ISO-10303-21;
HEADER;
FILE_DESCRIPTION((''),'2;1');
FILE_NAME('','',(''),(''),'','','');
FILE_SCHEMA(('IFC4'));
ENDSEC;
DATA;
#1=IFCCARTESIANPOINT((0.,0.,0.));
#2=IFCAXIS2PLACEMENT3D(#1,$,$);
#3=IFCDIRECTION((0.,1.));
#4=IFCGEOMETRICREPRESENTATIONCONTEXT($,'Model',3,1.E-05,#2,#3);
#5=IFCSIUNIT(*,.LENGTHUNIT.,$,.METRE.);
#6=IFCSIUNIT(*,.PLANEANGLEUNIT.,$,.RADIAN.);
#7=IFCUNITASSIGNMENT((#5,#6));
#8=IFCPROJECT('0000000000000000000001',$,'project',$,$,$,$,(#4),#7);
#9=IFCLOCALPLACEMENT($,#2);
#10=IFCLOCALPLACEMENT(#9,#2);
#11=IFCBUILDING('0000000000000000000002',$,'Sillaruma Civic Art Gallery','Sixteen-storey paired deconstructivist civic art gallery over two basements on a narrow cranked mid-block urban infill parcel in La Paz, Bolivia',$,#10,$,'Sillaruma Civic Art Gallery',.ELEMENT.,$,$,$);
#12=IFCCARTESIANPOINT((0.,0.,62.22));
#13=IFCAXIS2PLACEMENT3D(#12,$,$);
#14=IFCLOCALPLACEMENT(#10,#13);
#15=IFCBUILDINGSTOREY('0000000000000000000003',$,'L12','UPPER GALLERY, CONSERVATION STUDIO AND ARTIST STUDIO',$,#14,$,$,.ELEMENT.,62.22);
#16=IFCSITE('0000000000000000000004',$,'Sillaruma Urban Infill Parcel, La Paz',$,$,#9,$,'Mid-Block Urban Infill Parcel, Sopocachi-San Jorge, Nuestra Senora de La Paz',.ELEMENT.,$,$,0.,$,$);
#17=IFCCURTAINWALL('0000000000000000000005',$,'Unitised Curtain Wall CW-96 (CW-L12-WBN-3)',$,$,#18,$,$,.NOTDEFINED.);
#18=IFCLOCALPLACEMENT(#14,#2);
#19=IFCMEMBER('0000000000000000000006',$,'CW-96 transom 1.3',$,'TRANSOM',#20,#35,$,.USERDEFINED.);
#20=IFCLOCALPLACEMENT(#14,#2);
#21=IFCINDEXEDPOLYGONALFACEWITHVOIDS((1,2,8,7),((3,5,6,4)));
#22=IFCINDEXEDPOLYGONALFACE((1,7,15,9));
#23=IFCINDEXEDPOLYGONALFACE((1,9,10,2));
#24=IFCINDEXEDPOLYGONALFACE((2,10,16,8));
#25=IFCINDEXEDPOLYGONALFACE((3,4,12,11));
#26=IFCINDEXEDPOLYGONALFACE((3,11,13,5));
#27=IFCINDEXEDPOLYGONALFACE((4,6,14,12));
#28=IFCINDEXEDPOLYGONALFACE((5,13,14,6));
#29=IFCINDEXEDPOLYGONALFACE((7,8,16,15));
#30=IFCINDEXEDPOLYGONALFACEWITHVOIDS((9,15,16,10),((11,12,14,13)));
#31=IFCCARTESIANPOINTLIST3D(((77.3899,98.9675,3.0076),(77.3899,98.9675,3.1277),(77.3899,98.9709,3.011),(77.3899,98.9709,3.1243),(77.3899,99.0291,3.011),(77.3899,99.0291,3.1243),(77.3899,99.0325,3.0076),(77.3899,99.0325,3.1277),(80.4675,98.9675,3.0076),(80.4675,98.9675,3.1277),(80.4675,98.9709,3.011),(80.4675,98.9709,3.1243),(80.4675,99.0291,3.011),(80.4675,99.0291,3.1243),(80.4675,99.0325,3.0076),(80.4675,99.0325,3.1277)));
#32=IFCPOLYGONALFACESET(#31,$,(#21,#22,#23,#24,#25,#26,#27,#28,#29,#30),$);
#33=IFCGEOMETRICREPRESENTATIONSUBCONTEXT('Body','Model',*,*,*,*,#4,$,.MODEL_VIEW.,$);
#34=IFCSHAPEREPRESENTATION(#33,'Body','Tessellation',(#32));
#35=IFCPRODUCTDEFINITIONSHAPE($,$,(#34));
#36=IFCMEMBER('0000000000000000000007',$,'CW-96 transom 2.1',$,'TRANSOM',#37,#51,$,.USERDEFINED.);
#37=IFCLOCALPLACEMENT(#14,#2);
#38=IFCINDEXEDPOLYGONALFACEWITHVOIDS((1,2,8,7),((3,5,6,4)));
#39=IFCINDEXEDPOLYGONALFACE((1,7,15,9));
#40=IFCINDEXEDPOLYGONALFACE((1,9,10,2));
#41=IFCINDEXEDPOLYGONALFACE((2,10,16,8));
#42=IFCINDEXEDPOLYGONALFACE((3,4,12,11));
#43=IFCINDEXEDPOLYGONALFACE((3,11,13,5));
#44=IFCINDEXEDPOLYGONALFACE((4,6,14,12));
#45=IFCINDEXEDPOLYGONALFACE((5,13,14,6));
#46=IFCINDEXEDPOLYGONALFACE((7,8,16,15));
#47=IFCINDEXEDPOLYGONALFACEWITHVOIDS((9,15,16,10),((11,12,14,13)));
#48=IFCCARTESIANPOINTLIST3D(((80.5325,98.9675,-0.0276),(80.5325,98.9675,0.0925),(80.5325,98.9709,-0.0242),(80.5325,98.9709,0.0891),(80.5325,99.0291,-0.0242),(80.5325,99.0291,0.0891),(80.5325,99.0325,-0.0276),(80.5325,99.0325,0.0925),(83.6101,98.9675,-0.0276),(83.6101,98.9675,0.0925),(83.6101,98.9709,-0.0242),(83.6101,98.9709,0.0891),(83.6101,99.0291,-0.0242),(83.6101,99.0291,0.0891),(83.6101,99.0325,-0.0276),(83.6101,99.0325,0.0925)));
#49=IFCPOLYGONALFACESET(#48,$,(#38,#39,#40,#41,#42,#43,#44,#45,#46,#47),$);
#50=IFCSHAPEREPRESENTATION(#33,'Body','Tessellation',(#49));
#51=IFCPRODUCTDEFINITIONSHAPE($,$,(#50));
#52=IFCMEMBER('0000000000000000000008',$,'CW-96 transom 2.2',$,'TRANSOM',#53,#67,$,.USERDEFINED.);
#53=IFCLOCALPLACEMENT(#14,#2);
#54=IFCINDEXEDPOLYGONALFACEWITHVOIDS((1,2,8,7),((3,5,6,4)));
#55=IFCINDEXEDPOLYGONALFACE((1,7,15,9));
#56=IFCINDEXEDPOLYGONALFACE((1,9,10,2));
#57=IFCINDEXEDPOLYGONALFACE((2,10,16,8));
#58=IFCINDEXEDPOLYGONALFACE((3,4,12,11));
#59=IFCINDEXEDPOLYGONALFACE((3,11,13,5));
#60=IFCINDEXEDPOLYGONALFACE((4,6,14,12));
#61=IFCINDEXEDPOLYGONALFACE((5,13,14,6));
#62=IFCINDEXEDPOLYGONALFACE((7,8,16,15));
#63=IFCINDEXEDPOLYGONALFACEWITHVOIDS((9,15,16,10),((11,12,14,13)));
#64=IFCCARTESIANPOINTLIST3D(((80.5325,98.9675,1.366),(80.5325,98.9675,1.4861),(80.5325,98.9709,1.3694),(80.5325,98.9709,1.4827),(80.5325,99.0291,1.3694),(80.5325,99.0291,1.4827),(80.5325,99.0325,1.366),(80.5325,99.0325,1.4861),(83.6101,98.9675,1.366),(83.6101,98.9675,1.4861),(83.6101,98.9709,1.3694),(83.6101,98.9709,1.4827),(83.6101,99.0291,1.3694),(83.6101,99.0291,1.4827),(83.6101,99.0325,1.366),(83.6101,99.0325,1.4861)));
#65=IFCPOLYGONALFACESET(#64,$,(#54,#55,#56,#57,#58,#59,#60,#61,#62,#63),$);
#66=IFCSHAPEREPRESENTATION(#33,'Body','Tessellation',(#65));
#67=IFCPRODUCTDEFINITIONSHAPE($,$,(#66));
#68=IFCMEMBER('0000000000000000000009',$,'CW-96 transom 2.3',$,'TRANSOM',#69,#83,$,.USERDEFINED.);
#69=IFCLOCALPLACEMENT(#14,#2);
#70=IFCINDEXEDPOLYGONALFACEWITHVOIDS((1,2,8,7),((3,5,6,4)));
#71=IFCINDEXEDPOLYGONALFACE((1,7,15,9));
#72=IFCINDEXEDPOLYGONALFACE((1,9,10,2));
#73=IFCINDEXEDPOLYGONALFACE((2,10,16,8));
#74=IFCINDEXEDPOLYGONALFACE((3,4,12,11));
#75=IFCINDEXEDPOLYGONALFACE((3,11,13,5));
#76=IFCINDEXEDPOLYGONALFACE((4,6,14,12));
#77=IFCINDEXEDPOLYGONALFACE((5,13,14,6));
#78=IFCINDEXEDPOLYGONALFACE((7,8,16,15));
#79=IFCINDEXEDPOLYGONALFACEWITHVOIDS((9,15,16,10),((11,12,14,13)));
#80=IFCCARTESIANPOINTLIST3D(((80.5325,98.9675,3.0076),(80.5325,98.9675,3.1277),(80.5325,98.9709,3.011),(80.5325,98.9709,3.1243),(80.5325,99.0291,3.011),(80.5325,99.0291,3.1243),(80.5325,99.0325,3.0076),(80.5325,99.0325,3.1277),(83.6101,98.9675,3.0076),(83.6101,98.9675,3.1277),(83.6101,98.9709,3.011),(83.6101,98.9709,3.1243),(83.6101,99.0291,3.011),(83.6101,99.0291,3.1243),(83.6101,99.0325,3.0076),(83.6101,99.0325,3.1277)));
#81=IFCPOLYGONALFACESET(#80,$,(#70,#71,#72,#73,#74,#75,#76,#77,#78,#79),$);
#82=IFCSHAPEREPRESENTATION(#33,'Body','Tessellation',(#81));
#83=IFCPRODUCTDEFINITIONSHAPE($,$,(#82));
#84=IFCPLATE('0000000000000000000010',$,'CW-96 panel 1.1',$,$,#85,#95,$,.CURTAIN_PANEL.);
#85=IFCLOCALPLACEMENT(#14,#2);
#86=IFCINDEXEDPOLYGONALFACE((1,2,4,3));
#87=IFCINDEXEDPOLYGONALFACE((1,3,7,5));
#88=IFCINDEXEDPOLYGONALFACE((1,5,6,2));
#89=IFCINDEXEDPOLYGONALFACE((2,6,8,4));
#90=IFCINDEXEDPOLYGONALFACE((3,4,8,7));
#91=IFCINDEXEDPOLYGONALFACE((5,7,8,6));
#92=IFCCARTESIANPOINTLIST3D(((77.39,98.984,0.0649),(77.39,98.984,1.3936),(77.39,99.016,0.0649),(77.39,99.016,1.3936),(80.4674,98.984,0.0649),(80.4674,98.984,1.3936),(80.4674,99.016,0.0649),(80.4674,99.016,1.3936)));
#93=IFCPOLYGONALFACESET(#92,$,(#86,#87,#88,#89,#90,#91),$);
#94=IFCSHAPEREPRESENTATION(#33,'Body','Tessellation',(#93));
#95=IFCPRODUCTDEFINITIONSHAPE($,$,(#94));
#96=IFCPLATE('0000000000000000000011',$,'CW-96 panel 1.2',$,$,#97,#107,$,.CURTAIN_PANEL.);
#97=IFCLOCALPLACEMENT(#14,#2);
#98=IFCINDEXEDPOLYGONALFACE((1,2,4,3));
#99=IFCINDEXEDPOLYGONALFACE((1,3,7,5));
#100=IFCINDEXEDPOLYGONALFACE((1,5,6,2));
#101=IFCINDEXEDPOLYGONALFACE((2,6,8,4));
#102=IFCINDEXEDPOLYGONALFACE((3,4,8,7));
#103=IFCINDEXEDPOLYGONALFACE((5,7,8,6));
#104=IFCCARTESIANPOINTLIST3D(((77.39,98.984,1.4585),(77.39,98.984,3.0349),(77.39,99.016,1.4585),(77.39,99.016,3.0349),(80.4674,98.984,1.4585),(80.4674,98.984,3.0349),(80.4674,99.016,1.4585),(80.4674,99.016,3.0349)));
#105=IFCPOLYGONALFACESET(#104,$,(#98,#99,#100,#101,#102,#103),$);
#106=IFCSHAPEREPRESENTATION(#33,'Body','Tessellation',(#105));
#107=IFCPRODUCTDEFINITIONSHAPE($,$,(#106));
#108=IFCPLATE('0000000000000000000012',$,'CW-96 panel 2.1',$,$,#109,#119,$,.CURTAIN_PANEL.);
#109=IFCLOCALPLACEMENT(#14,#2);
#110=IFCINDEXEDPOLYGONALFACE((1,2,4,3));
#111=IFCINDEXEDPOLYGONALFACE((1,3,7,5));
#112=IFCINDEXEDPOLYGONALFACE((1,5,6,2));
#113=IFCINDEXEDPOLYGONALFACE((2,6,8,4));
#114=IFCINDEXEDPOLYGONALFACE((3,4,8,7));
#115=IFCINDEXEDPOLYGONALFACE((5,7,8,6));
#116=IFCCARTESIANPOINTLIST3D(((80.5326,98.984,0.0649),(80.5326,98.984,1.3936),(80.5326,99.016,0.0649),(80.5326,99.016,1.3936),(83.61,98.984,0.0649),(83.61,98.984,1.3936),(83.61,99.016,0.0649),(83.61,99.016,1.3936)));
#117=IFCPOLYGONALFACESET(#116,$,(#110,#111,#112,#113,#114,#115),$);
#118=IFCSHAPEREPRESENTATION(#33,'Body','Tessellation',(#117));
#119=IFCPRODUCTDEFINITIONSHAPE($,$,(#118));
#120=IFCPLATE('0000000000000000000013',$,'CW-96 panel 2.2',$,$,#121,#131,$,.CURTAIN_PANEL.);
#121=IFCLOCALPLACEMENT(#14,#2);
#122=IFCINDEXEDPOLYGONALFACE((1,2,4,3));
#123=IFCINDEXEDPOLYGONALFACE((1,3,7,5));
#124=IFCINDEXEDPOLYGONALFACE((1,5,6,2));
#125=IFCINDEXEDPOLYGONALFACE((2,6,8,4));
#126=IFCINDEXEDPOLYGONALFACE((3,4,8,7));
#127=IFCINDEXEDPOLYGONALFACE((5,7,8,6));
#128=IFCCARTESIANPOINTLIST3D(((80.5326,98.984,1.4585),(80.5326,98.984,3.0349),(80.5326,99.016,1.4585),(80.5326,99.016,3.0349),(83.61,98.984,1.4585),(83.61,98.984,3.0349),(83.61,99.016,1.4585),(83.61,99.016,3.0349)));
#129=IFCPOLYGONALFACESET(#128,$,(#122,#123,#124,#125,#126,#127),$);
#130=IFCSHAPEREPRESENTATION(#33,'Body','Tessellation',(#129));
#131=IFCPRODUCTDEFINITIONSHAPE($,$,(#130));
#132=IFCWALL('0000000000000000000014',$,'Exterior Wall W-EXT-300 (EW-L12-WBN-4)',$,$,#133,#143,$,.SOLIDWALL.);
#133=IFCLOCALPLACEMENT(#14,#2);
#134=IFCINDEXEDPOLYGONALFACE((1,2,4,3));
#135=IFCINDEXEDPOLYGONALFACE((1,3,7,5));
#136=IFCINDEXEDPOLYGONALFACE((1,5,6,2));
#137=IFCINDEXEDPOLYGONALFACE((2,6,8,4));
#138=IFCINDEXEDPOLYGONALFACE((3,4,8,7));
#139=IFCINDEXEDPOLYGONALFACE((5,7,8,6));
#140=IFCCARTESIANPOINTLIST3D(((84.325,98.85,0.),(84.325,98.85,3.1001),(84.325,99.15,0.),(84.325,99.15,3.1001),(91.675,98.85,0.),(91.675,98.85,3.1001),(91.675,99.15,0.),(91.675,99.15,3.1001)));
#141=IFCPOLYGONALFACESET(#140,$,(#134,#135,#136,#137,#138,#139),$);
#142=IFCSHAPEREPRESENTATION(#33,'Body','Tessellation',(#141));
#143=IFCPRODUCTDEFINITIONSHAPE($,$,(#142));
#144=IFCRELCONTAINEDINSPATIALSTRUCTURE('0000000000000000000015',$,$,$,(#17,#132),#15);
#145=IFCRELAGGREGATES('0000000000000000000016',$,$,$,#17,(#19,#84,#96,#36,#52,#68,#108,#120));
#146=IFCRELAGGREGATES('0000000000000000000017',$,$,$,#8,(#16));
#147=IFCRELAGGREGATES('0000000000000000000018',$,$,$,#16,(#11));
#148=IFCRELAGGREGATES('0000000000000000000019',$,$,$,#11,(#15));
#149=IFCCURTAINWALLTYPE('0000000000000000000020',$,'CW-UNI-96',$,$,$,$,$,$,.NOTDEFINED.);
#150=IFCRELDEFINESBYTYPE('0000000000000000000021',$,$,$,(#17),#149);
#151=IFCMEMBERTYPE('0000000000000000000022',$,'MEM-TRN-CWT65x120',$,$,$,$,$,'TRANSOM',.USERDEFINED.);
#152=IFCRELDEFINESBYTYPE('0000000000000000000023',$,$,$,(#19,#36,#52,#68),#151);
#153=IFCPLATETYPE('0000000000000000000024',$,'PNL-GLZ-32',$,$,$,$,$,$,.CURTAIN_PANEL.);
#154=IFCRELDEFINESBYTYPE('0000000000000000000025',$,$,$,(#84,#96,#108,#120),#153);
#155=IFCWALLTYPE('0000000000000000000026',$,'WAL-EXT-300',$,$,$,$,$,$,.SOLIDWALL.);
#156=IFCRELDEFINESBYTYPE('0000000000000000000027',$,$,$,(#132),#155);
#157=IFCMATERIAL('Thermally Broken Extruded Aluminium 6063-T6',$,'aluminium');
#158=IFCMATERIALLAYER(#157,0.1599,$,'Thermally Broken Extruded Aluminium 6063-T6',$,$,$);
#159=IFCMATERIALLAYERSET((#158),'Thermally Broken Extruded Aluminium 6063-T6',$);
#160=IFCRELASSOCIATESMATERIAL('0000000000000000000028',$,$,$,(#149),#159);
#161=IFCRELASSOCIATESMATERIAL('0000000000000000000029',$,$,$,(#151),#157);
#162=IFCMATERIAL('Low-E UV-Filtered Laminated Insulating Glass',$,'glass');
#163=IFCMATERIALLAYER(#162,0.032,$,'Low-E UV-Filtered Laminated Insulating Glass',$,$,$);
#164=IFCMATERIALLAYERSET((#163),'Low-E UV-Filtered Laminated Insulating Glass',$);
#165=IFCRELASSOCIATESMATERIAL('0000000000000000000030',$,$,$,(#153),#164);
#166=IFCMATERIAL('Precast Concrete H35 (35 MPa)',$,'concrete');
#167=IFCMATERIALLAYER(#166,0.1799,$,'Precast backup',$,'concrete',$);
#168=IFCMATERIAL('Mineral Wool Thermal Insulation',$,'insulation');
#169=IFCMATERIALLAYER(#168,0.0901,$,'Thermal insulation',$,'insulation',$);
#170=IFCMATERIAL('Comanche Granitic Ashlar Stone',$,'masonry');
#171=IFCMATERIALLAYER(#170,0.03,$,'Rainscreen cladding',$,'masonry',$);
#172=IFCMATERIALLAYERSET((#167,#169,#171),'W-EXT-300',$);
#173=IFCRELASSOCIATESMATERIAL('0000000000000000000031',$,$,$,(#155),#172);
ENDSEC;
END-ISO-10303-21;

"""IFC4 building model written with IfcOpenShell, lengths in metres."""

from ifc_helpers import new_model, si_unit, direction, frame, frame_2d, origin, origin_2d, place, context, subcontext, project, spatial, rectangle, hollow_rectangle, extrude, material, layer, layer_set, material_profile, profile_set, type_object, element, aggregate, save


model = new_model("IFC4")

# Units and contexts
model_context = context("Model", 3, precision=1e-05, world=origin(), true_north=direction((0.0, 1.0)))
body_context = subcontext(model_context, "Body", "Model", "MODEL_VIEW")
ifc_project = project(units=[si_unit("LENGTHUNIT", "METRE"), si_unit("PLANEANGLEUNIT", "RADIAN")], contexts=[model_context])

# Site, building, storey
site_placement = place(None, origin())
site = spatial("IfcSite", under=ifc_project, at=site_placement, Name="Sillaruma Urban Infill Parcel, La Paz", LongName="Mid-Block Urban Infill Parcel, Sopocachi-San Jorge, Nuestra Senora de La Paz", CompositionType="ELEMENT", RefElevation=0.0)
building_placement = place(site_placement, origin())
building = spatial("IfcBuilding", under=site, at=building_placement, Name="Sillaruma Civic Art Gallery", Description="Sixteen-storey paired deconstructivist civic art gallery over two basements on a narrow cranked mid-block urban infill parcel in La Paz, Bolivia", LongName="Sillaruma Civic Art Gallery", CompositionType="ELEMENT")
storey_placement = place(building_placement, frame((0.0, 0.0, 62.22)))
storey = spatial("IfcBuildingStorey", under=building, at=storey_placement, Name="L12", Description="UPPER GALLERY, CONSERVATION STUDIO AND ARTIST STUDIO", CompositionType="ELEMENT", Elevation=62.22)

# Curtain wall, members, plates
ifc_material_1 = material(Name="Thermally Broken Extruded Aluminium 6063-T6", Category="aluminium")
ifc_layer_1 = layer(ifc_material_1, 0.1599, Name="Thermally Broken Extruded Aluminium 6063-T6")
ifc_layer_set_1 = layer_set([ifc_layer_1], Name="Thermally Broken Extruded Aluminium 6063-T6")
curtain_wall_type = type_object("IfcCurtainWallType", Name="CW-UNI-96", PredefinedType="NOTDEFINED", material=ifc_layer_set_1)
curtain_wall_placement = place(storey_placement, origin())
curtain_wall = element("IfcCurtainWall", 1, at=curtain_wall_placement, inside=storey, type_object=curtain_wall_type, Name="Unitised Curtain Wall CW-96 (CW-L12-WBN-3)", PredefinedType="NOTDEFINED")
ifc_material_profile_1 = material_profile(ifc_material_1, hollow_rectangle(XDim=0.0649, YDim=0.1201, WallThickness=0.0034, at=origin_2d()), Name="CWT65x120")
ifc_profile_set_1 = profile_set([ifc_material_profile_1], Name="Thermally Broken Extruded Aluminium 6063-T6")
member_type_1 = type_object("IfcMemberType", Name="MEM-TRN-CWT65x120", ElementType="TRANSOM", PredefinedType="USERDEFINED", material=ifc_profile_set_1)
member_1_placement = place(storey_placement, frame((77.3899, 99.0, 3.0676), z_axis=(1.0, 0.0, 0.0), x_axis=(0.0, 1.0, 0.0)))
member_1 = element("IfcMember", 2, at=member_1_placement, type_object=member_type_1, Name="CW-96 transom 1.3", ObjectType="TRANSOM", PredefinedType="USERDEFINED", context=body_context, shape_type="SweptSolid", body=[
    extrude(hollow_rectangle(XDim=0.0649, YDim=0.1201, WallThickness=0.0034, at=origin_2d()), origin(), (0.0, 0.0, 1.0), 3.0776),
])
member_2_placement = place(storey_placement, frame((80.5325, 99.0, 0.0325), z_axis=(1.0, 0.0, 0.0), x_axis=(0.0, 1.0, 0.0)))
member_2 = element("IfcMember", 3, at=member_2_placement, type_object=member_type_1, Name="CW-96 transom 2.1", ObjectType="TRANSOM", PredefinedType="USERDEFINED", context=body_context, shape_type="SweptSolid", body=[
    extrude(hollow_rectangle(XDim=0.0649, YDim=0.1201, WallThickness=0.0034, at=origin_2d()), origin(), (0.0, 0.0, 1.0), 3.0776),
])
member_3_placement = place(storey_placement, frame((80.5325, 99.0, 1.426), z_axis=(1.0, 0.0, 0.0), x_axis=(0.0, 1.0, 0.0)))
member_3 = element("IfcMember", 4, at=member_3_placement, type_object=member_type_1, Name="CW-96 transom 2.2", ObjectType="TRANSOM", PredefinedType="USERDEFINED", context=body_context, shape_type="SweptSolid", body=[
    extrude(hollow_rectangle(XDim=0.0649, YDim=0.1201, WallThickness=0.0034, at=origin_2d()), origin(), (0.0, 0.0, 1.0), 3.0776),
])
member_4_placement = place(storey_placement, frame((80.5325, 99.0, 3.0676), z_axis=(1.0, 0.0, 0.0), x_axis=(0.0, 1.0, 0.0)))
member_4 = element("IfcMember", 5, at=member_4_placement, type_object=member_type_1, Name="CW-96 transom 2.3", ObjectType="TRANSOM", PredefinedType="USERDEFINED", context=body_context, shape_type="SweptSolid", body=[
    extrude(hollow_rectangle(XDim=0.0649, YDim=0.1201, WallThickness=0.0034, at=origin_2d()), origin(), (0.0, 0.0, 1.0), 3.0776),
])
ifc_material_2 = material(Name="Low-E UV-Filtered Laminated Insulating Glass", Category="glass")
ifc_layer_2 = layer(ifc_material_2, 0.032, Name="Low-E UV-Filtered Laminated Insulating Glass")
ifc_layer_set_2 = layer_set([ifc_layer_2], Name="Low-E UV-Filtered Laminated Insulating Glass")
plate_type = type_object("IfcPlateType", Name="PNL-GLZ-32", PredefinedType="CURTAIN_PANEL", material=ifc_layer_set_2)
plate_1_placement = place(storey_placement, frame((78.9287, 99.0, 0.0649), z_axis=(0.0, 0.0, 1.0), x_axis=(1.0, 0.0, 0.0)))
plate_1 = element("IfcPlate", 6, at=plate_1_placement, type_object=plate_type, Name="CW-96 panel 1.1", PredefinedType="CURTAIN_PANEL", context=body_context, shape_type="SweptSolid", body=[
    extrude(rectangle(XDim=3.0774, YDim=0.032, at=origin_2d()), origin(), (0.0, 0.0, 1.0), 1.3286),
])
plate_2_placement = place(storey_placement, frame((78.9287, 99.0, 1.4585), z_axis=(0.0, 0.0, 1.0), x_axis=(1.0, 0.0, 0.0)))
plate_2 = element("IfcPlate", 7, at=plate_2_placement, type_object=plate_type, Name="CW-96 panel 1.2", PredefinedType="CURTAIN_PANEL", context=body_context, shape_type="SweptSolid", body=[
    extrude(rectangle(XDim=3.0774, YDim=0.032, at=origin_2d()), origin(), (0.0, 0.0, 1.0), 1.5764),
])
plate_3_placement = place(storey_placement, frame((82.0713, 99.0, 0.0649), z_axis=(0.0, 0.0, 1.0), x_axis=(1.0, 0.0, 0.0)))
plate_3 = element("IfcPlate", 8, at=plate_3_placement, type_object=plate_type, Name="CW-96 panel 2.1", PredefinedType="CURTAIN_PANEL", context=body_context, shape_type="SweptSolid", body=[
    extrude(rectangle(XDim=3.0774, YDim=0.032, at=origin_2d()), origin(), (0.0, 0.0, 1.0), 1.3286),
])
plate_4_placement = place(storey_placement, frame((82.0713, 99.0, 1.4585), z_axis=(0.0, 0.0, 1.0), x_axis=(1.0, 0.0, 0.0)))
plate_4 = element("IfcPlate", 9, at=plate_4_placement, type_object=plate_type, Name="CW-96 panel 2.2", PredefinedType="CURTAIN_PANEL", context=body_context, shape_type="SweptSolid", body=[
    extrude(rectangle(XDim=3.0774, YDim=0.032, at=origin_2d()), origin(), (0.0, 0.0, 1.0), 1.5764),
])
aggregate(curtain_wall, [member_1, plate_1, plate_2, member_2, member_3, member_4, plate_3, plate_4])

# Wall
ifc_material_3 = material(Name="Precast Concrete H35 (35 MPa)", Category="concrete")
ifc_layer_3 = layer(ifc_material_3, 0.1799, Name="Precast backup", Category="concrete")
ifc_material_4 = material(Name="Mineral Wool Thermal Insulation", Category="insulation")
ifc_layer_4 = layer(ifc_material_4, 0.0901, Name="Thermal insulation", Category="insulation")
ifc_material_5 = material(Name="Comanche Granitic Ashlar Stone", Category="masonry")
ifc_layer_5 = layer(ifc_material_5, 0.03, Name="Rainscreen cladding", Category="masonry")
ifc_layer_set_3 = layer_set([ifc_layer_3, ifc_layer_4, ifc_layer_5], Name="W-EXT-300")
wall_type = type_object("IfcWallType", Name="WAL-EXT-300", PredefinedType="SOLIDWALL", material=ifc_layer_set_3)
wall_placement = place(storey_placement, frame((84.325, 99.0, 0.0), z_axis=(0.0, 0.0, 1.0), x_axis=(1.0, 0.0, 0.0)))
element("IfcWall", 10, at=wall_placement, inside=storey, type_object=wall_type, Name="Exterior Wall W-EXT-300 (EW-L12-WBN-4)", PredefinedType="SOLIDWALL", context=body_context, shape_type="SweptSolid", body=[
    extrude(rectangle(XDim=7.3501, YDim=0.3, at=frame_2d((3.675, 0.0))), origin(), (0.0, 0.0, 1.0), 3.1001),
])

save(model, "model.ifc")
